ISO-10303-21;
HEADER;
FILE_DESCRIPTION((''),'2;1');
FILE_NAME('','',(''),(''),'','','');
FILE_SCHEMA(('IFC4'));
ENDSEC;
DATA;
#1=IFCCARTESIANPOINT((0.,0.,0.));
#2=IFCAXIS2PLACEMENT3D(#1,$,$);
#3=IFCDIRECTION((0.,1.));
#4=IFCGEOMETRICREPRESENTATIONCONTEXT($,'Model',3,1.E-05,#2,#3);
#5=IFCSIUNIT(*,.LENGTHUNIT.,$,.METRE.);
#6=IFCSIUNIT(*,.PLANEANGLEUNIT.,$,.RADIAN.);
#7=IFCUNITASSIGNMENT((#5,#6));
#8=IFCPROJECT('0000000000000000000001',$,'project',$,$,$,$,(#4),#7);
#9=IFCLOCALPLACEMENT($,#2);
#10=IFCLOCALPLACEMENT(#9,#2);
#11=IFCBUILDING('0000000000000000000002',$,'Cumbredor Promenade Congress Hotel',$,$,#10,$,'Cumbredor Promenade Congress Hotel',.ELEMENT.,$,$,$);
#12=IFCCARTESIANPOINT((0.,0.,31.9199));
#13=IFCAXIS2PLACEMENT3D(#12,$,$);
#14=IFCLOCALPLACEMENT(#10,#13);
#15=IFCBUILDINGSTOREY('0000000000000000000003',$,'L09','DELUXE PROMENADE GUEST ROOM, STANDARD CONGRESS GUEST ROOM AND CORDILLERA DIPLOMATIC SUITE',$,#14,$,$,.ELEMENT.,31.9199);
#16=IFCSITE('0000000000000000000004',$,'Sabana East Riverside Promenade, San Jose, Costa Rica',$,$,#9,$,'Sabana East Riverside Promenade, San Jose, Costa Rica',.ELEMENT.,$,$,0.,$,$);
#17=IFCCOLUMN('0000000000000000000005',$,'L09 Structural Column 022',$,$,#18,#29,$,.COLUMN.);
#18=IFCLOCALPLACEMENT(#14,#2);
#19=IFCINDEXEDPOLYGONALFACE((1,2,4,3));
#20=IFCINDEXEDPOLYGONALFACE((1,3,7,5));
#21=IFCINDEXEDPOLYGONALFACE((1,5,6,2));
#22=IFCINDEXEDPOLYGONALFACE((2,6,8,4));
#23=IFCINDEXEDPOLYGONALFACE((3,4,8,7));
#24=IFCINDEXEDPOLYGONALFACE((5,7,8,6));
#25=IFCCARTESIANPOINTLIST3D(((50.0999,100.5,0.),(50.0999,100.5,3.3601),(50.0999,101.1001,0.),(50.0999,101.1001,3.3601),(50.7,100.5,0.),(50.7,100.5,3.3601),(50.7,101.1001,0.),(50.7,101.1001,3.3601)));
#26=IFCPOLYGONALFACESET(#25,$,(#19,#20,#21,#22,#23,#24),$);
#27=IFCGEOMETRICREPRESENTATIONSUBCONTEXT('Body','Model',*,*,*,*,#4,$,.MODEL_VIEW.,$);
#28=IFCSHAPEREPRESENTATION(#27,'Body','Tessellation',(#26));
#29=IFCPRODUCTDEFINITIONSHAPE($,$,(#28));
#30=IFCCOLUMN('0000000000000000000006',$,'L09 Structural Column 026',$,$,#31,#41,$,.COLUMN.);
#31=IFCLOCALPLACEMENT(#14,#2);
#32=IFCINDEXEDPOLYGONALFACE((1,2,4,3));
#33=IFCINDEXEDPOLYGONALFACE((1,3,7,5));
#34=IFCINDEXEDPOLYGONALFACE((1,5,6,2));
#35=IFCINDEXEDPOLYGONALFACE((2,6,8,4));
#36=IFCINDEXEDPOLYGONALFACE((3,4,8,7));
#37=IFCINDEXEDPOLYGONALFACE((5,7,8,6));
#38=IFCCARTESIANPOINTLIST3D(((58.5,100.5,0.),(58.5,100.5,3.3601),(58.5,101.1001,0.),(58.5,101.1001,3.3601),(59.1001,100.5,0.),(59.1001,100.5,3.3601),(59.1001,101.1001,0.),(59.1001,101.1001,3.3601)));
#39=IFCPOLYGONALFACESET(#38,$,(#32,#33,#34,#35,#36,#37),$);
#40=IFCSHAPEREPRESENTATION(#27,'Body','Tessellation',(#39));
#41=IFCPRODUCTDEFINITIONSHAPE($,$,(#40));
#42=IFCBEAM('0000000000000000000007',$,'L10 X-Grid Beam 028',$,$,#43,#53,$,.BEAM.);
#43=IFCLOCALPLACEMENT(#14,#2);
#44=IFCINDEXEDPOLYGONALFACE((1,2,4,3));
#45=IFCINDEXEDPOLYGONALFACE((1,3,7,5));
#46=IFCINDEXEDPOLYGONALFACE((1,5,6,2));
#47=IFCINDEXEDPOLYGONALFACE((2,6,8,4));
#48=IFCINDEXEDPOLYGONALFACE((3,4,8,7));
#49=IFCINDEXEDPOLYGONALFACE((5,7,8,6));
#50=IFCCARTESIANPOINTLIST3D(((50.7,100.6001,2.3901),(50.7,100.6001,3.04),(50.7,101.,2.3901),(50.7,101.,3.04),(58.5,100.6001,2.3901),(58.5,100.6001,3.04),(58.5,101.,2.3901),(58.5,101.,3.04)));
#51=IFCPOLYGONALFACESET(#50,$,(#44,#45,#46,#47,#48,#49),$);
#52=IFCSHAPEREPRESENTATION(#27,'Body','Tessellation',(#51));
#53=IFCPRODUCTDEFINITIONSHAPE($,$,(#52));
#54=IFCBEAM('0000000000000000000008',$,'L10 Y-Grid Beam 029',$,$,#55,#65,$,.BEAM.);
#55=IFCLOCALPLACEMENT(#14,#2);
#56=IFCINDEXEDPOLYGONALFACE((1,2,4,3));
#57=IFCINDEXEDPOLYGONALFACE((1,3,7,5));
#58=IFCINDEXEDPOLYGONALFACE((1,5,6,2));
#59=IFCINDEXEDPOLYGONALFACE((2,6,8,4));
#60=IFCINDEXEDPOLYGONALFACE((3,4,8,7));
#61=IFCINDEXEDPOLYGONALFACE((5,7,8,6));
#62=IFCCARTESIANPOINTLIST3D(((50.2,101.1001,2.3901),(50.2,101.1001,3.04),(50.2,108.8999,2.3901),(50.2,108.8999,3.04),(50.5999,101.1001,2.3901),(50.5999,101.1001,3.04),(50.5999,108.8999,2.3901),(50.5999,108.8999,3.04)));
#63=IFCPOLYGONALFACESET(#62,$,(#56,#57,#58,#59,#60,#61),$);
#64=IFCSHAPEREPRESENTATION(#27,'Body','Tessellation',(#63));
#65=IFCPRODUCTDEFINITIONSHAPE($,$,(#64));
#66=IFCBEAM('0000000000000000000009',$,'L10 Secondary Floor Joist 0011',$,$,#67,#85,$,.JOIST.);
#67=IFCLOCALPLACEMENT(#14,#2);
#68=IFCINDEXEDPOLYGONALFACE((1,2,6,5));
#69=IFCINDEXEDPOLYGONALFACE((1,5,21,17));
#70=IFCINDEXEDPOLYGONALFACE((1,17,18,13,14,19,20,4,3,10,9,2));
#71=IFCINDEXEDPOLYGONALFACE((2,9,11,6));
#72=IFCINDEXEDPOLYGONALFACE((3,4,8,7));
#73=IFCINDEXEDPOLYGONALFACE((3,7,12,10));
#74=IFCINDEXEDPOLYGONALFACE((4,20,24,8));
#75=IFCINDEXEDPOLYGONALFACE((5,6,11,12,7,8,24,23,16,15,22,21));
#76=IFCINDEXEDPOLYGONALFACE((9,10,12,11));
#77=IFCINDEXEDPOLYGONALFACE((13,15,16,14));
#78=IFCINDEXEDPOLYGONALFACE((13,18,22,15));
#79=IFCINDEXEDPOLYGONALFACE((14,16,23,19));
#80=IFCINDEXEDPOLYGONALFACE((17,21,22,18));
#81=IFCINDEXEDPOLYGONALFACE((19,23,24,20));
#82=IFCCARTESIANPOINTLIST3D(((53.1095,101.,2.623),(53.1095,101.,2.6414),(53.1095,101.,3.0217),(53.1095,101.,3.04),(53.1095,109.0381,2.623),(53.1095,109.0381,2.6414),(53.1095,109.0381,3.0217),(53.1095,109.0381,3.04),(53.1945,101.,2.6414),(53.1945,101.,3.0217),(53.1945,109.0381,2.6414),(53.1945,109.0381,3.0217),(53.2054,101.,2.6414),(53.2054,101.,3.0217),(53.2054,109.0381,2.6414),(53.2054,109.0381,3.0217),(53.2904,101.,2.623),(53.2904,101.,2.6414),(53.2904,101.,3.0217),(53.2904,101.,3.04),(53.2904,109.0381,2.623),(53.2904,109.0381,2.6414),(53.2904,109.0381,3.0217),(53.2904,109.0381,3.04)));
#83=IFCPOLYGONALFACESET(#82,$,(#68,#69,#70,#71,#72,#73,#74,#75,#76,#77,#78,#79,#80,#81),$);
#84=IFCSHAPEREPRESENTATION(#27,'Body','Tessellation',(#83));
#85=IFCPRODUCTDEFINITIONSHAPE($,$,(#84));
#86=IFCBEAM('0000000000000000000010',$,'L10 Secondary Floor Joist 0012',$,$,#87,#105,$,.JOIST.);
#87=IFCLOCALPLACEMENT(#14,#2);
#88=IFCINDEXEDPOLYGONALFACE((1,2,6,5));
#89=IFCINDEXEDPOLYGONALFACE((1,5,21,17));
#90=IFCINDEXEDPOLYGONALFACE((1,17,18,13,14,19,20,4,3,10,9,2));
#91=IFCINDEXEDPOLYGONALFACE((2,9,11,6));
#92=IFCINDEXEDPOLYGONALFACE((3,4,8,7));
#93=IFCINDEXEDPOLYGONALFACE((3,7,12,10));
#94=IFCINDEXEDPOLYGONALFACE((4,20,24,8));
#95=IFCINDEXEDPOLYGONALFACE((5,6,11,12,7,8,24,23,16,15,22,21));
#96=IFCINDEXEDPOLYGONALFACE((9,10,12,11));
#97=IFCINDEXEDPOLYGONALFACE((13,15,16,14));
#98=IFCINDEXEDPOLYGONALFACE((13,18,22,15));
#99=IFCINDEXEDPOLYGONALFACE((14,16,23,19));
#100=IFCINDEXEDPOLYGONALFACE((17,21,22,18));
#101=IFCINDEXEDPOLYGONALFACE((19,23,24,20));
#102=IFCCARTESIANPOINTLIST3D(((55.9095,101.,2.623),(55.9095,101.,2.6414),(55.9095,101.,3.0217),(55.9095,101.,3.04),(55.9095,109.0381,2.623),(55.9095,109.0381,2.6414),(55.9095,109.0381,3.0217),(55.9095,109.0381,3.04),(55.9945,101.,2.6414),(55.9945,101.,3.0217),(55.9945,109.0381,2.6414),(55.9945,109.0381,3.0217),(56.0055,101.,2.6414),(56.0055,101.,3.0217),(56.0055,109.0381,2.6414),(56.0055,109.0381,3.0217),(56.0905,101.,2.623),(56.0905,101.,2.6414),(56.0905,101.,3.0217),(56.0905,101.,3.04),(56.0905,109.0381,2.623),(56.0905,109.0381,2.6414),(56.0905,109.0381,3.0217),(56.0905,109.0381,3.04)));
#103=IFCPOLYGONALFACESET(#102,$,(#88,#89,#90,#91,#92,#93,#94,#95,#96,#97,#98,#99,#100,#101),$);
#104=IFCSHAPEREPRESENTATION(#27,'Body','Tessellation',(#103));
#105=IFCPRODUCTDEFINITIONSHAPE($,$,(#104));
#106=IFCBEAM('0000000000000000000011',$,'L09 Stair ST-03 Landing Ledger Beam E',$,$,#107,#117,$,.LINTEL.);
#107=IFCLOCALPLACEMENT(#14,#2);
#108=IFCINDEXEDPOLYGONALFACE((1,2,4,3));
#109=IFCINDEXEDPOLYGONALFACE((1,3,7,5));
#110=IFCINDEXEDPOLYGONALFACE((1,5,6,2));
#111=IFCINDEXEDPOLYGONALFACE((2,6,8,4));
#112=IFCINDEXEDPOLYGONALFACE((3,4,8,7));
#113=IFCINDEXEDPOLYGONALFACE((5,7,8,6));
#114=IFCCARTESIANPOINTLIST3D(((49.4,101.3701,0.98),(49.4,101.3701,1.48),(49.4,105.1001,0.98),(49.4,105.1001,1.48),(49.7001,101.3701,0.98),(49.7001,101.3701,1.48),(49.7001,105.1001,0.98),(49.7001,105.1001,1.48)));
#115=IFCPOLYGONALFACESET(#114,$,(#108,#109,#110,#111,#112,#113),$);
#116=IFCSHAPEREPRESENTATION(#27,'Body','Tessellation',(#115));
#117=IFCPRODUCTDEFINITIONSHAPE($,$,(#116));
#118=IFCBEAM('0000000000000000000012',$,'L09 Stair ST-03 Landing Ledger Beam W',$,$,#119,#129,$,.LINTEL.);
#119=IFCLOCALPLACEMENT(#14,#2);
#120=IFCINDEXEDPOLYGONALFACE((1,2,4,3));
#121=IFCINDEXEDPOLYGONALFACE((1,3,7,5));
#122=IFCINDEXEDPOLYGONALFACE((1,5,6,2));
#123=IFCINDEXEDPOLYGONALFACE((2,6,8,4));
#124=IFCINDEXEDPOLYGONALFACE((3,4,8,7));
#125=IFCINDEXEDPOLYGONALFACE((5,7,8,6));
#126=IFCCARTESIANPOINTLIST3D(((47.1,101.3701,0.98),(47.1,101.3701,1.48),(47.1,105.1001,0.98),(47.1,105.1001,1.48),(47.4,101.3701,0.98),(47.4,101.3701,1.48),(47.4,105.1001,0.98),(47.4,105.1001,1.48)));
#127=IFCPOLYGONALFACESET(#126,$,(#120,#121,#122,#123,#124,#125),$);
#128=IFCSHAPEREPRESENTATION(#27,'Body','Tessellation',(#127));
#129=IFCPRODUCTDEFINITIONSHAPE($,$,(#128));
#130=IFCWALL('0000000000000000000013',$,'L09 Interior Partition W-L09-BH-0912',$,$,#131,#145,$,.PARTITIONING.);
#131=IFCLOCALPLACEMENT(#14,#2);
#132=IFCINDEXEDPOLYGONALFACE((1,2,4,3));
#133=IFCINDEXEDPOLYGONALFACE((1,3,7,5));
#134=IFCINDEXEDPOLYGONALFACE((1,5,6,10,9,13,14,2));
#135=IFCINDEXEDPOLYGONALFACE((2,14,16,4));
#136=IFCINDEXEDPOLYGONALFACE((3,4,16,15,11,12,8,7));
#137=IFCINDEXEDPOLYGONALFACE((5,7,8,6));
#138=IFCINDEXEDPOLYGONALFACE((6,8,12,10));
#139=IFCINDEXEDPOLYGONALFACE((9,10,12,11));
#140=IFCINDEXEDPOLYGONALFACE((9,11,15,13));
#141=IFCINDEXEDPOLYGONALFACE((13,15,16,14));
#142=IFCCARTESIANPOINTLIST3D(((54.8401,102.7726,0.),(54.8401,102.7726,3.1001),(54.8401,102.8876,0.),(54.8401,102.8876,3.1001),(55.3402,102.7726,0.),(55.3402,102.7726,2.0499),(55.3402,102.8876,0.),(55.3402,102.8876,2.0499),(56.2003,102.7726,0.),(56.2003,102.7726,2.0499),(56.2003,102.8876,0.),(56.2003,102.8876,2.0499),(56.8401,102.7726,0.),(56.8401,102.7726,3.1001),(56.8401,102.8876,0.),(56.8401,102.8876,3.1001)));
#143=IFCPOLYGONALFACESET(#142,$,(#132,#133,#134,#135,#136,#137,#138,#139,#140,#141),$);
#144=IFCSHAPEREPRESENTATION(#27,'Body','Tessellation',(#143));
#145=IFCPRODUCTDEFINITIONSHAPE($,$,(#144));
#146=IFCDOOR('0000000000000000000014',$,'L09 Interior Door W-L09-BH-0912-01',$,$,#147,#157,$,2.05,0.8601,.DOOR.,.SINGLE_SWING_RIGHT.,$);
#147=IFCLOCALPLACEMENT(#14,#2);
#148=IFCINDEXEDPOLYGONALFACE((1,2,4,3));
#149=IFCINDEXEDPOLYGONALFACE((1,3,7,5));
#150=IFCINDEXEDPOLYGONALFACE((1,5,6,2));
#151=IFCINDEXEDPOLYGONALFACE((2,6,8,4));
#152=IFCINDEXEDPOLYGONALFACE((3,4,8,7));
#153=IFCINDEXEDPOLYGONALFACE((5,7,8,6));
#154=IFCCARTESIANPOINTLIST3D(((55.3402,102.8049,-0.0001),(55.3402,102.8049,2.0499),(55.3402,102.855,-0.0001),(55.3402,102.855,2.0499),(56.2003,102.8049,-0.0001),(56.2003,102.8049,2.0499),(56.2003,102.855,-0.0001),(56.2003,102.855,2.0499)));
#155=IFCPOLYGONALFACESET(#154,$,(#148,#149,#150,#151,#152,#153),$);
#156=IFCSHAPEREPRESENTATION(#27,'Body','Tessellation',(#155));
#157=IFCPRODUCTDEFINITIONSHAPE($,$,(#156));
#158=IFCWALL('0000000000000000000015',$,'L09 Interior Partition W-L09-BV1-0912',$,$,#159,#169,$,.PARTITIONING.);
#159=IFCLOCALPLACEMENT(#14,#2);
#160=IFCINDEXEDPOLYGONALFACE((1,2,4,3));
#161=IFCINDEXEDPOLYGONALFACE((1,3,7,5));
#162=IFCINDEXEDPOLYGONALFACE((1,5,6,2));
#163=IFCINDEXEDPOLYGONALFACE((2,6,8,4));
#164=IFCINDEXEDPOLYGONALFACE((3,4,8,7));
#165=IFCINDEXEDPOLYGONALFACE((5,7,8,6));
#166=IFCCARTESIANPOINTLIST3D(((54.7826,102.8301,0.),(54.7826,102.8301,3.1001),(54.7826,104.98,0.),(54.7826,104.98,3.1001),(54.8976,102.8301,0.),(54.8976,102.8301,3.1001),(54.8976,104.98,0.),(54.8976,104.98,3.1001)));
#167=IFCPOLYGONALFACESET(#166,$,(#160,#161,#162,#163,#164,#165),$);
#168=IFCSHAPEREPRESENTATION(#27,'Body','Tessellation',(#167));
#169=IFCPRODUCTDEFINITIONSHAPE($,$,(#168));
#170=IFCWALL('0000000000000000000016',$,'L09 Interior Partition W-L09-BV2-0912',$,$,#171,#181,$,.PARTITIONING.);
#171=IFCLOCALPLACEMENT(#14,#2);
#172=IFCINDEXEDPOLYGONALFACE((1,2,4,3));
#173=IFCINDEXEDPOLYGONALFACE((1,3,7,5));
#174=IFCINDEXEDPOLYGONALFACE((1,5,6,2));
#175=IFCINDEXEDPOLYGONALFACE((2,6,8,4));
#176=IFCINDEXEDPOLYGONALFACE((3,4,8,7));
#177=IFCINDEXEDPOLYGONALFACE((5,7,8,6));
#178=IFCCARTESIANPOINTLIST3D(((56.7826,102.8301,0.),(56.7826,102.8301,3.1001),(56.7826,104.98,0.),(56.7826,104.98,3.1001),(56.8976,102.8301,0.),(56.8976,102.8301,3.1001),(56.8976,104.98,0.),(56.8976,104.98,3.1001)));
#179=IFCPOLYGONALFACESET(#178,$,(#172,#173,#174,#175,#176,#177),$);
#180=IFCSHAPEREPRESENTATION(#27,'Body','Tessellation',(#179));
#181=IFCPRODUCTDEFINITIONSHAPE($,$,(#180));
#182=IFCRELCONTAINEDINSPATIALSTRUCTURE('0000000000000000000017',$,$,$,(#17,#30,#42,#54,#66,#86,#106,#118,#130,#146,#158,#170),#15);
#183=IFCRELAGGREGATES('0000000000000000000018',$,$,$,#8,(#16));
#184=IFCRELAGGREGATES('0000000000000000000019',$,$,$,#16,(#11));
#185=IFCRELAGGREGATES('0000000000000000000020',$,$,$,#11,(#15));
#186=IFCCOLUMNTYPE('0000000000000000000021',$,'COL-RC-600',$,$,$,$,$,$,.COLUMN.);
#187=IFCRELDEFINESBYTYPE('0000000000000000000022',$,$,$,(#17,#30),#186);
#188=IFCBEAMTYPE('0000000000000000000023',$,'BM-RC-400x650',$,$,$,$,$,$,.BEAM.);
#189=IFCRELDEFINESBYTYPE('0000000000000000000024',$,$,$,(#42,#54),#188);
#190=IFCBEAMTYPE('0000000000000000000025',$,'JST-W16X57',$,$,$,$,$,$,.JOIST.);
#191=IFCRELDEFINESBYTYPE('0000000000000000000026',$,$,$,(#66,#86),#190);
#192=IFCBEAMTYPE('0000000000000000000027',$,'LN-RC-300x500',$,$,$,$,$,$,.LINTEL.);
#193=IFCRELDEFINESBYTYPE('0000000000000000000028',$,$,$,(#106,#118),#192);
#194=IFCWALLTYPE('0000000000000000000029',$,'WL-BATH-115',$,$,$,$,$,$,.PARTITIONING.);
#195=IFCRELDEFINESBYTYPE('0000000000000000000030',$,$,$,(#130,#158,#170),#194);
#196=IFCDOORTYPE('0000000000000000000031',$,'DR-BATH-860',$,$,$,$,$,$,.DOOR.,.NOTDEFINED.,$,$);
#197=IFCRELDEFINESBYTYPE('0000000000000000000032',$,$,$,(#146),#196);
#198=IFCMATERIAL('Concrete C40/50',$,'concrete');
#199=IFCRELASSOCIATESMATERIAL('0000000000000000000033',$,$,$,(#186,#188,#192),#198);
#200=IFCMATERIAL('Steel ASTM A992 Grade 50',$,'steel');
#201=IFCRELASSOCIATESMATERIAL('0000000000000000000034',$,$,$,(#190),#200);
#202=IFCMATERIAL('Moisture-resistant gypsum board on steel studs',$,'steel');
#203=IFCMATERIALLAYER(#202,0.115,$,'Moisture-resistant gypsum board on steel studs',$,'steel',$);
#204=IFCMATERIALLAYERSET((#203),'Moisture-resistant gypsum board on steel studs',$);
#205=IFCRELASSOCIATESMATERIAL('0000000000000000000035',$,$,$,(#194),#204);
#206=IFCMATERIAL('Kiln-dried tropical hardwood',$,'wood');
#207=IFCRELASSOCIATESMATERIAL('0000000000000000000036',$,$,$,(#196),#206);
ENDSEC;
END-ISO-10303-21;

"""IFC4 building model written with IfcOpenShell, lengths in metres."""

from ifc_helpers import new_model, si_unit, direction, frame, frame_2d, origin, origin_2d, place, context, subcontext, project, spatial, rectangle, i_section, extrude, material, layer, layer_set, material_profile, profile_set, type_object, element, fill, save


model = new_model("IFC4")

# Units and contexts
model_context = context("Model", 3, precision=1e-05, world=origin(), true_north=direction((0.0, 1.0)))
body_context = subcontext(model_context, "Body", "Model", "MODEL_VIEW")
ifc_project = project(units=[si_unit("LENGTHUNIT", "METRE"), si_unit("PLANEANGLEUNIT", "RADIAN")], contexts=[model_context])

# Site, building, storey
site_placement = place(None, origin())
site = spatial("IfcSite", under=ifc_project, at=site_placement, Name="Sabana East Riverside Promenade, San Jose, Costa Rica", LongName="Sabana East Riverside Promenade, San Jose, Costa Rica", CompositionType="ELEMENT", RefElevation=0.0)
building_placement = place(site_placement, origin())
building = spatial("IfcBuilding", under=site, at=building_placement, Name="Cumbredor Promenade Congress Hotel", LongName="Cumbredor Promenade Congress Hotel", CompositionType="ELEMENT")
storey_placement = place(building_placement, frame((0.0, 0.0, 31.9199)))
storey = spatial("IfcBuildingStorey", under=building, at=storey_placement, Name="L09", Description="DELUXE PROMENADE GUEST ROOM, STANDARD CONGRESS GUEST ROOM AND CORDILLERA DIPLOMATIC SUITE", CompositionType="ELEMENT", Elevation=31.9199)

# Columns
ifc_material_1 = material(Name="Concrete C40/50", Category="concrete")
ifc_material_profile_1 = material_profile(ifc_material_1, rectangle(XDim=0.6001, YDim=0.6001, at=origin_2d()), Name="RC 600x600")
ifc_profile_set_1 = profile_set([ifc_material_profile_1], Name="Concrete C40/50")
column_type = type_object("IfcColumnType", Name="COL-RC-600", PredefinedType="COLUMN", material=ifc_profile_set_1)
for number, where, z_axis, x_axis, name in (
    (1, (50.3999, 100.8, 0.0), (0.0, 0.0, 1.0), (1.0, 0.0, 0.0), "L09 Structural Column 022"),
    (2, (58.8, 100.8, 0.0), (0.0, 0.0, 1.0), (1.0, 0.0, 0.0), "L09 Structural Column 026"),
):
    element("IfcColumn", number, at=place(storey_placement, frame(where, z_axis=z_axis, x_axis=x_axis)), inside=storey, type_object=column_type, Name=name, PredefinedType="COLUMN", context=body_context, shape_type="SweptSolid", body=[
        extrude(rectangle(XDim=0.6001, YDim=0.6001, at=origin_2d()), origin(), (0.0, 0.0, 1.0), 3.3601),
    ])

# Beams
ifc_material_profile_2 = material_profile(ifc_material_1, rectangle(XDim=0.3999, YDim=0.6499, at=origin_2d()), Name="RC BEAM 400x650")
ifc_profile_set_2 = profile_set([ifc_material_profile_2], Name="Concrete C40/50")
beam_type_1 = type_object("IfcBeamType", Name="BM-RC-400x650", PredefinedType="BEAM", material=ifc_profile_set_2)
beam_1_placement = place(storey_placement, frame((50.7, 100.8, 2.7151), z_axis=(1.0, 0.0, 0.0), x_axis=(0.0, 1.0, 0.0)))
element("IfcBeam", 3, at=beam_1_placement, inside=storey, type_object=beam_type_1, Name="L10 X-Grid Beam 028", PredefinedType="BEAM", context=body_context, shape_type="SweptSolid", body=[
    extrude(rectangle(XDim=0.3999, YDim=0.6499, at=origin_2d()), origin(), (0.0, 0.0, 1.0), 7.8),
])
beam_2_placement = place(storey_placement, frame((50.3999, 101.1001, 2.7151), z_axis=(0.0, 1.0, 0.0), x_axis=(-1.0, 0.0, 0.0)))
element("IfcBeam", 4, at=beam_2_placement, inside=storey, type_object=beam_type_1, Name="L10 Y-Grid Beam 029", PredefinedType="BEAM", context=body_context, shape_type="SweptSolid", body=[
    extrude(rectangle(XDim=0.3999, YDim=0.6499, at=origin_2d()), origin(), (0.0, 0.0, 1.0), 7.7998),
])
ifc_material_2 = material(Name="Steel ASTM A992 Grade 50", Category="steel")
ifc_material_profile_3 = material_profile(ifc_material_2, i_section(OverallWidth=0.1809, OverallDepth=0.417, WebThickness=0.011, FlangeThickness=0.0183, at=origin_2d()), Name="W16X57")
ifc_profile_set_3 = profile_set([ifc_material_profile_3], Name="Steel ASTM A992 Grade 50")
beam_type_2 = type_object("IfcBeamType", Name="JST-W16X57", PredefinedType="JOIST", material=ifc_profile_set_3)
for number, where, z_axis, x_axis, name in (
    (5, (53.2, 101.0, 2.8315), (0.0, 1.0, 0.0), (-1.0, 0.0, 0.0), "L10 Secondary Floor Joist 0011"),
    (6, (56.0, 101.0, 2.8315), (0.0, 1.0, 0.0), (-1.0, 0.0, 0.0), "L10 Secondary Floor Joist 0012"),
):
    element("IfcBeam", number, at=place(storey_placement, frame(where, z_axis=z_axis, x_axis=x_axis)), inside=storey, type_object=beam_type_2, Name=name, PredefinedType="JOIST", context=body_context, shape_type="SweptSolid", body=[
        extrude(i_section(OverallWidth=0.1809, OverallDepth=0.417, WebThickness=0.011, FlangeThickness=0.0183, at=origin_2d()), origin(), (0.0, 0.0, 1.0), 8.0381),
    ])
ifc_material_profile_4 = material_profile(ifc_material_1, rectangle(XDim=0.3, YDim=0.5, at=origin_2d()), Name="RC LINTEL 300x500")
ifc_profile_set_4 = profile_set([ifc_material_profile_4], Name="Concrete C40/50")
beam_type_3 = type_object("IfcBeamType", Name="LN-RC-300x500", PredefinedType="LINTEL", material=ifc_profile_set_4)
for number, where, z_axis, x_axis, name in (
    (7, (49.55, 101.3701, 1.23), (0.0, 1.0, 0.0), (-1.0, 0.0, 0.0), "L09 Stair ST-03 Landing Ledger Beam E"),
    (8, (47.25, 101.3701, 1.23), (0.0, 1.0, 0.0), (-1.0, 0.0, 0.0), "L09 Stair ST-03 Landing Ledger Beam W"),
):
    element("IfcBeam", number, at=place(storey_placement, frame(where, z_axis=z_axis, x_axis=x_axis)), inside=storey, type_object=beam_type_3, Name=name, PredefinedType="LINTEL", context=body_context, shape_type="SweptSolid", body=[
        extrude(rectangle(XDim=0.3, YDim=0.5, at=origin_2d()), origin(), (0.0, 0.0, 1.0), 3.73),
    ])

# Wall, opening, door
ifc_material_3 = material(Name="Moisture-resistant gypsum board on steel studs", Category="steel")
ifc_layer_1 = layer(ifc_material_3, 0.115, Name="Moisture-resistant gypsum board on steel studs", Category="steel")
ifc_layer_set_1 = layer_set([ifc_layer_1], Name="Moisture-resistant gypsum board on steel studs")
wall_type_1 = type_object("IfcWallType", Name="WL-BATH-115", PredefinedType="PARTITIONING", material=ifc_layer_set_1)
wall_1_placement = place(storey_placement, frame((54.8401, 102.8301, 0.0), z_axis=(0.0, 0.0, 1.0), x_axis=(1.0, 0.0, 0.0)))
wall_1 = element("IfcWall", 9, at=wall_1_placement, inside=storey, type_object=wall_type_1, Name="L09 Interior Partition W-L09-BH-0912", PredefinedType="PARTITIONING", context=body_context, shape_type="SweptSolid", body=[
    extrude(rectangle(XDim=2.0, YDim=0.115, at=frame_2d((1.0, 0.0))), origin(), (0.0, 0.0, 1.0), 3.1001),
])
opening_1_placement = place(wall_1_placement, frame((0.5, 0.0, 0.0)))
opening_1 = element("IfcOpeningElement", 10, at=opening_1_placement, cuts=wall_1, PredefinedType="OPENING", context=body_context, shape_type="SweptSolid", body=[
    extrude(rectangle(XDim=0.8601, YDim=2.05, at=frame_2d((0.4302, 1.0249))), frame((0.0, 0.0674, 0.0), z_axis=(0.0, -1.0, 0.0), x_axis=(1.0, 0.0, 0.0)), (0.0, 0.0, 1.0), 0.135),
])
ifc_material_4 = material(Name="Kiln-dried tropical hardwood", Category="wood")
door_type_1 = type_object("IfcDoorType", Name="DR-BATH-860", OperationType="NOTDEFINED", PredefinedType="DOOR", material=ifc_material_4)
door_1_placement = place(opening_1_placement, origin())
door_1 = element("IfcDoor", 11, at=door_1_placement, inside=storey, type_object=door_type_1, Name="L09 Interior Door W-L09-BH-0912-01", OperationType="SINGLE_SWING_RIGHT", OverallHeight=2.05, OverallWidth=0.8601, PredefinedType="DOOR", context=body_context, shape_type="SweptSolid", body=[
    extrude(rectangle(XDim=0.8601, YDim=2.05, at=frame_2d((0.4302, 1.0249))), frame((0.0, 0.0249, 0.0), z_axis=(0.0, -1.0, 0.0), x_axis=(1.0, 0.0, 0.0)), (0.0, 0.0, 1.0), 0.05),
])
fill(opening_1, door_1)

# Walls
for number, where, z_axis, x_axis, name in (
    (12, (54.8401, 102.8301, 0.0), (0.0, 0.0, 1.0), (0.0, 1.0, 0.0), "L09 Interior Partition W-L09-BV1-0912"),
    (13, (56.8401, 102.8301, 0.0), (0.0, 0.0, 1.0), (0.0, 1.0, 0.0), "L09 Interior Partition W-L09-BV2-0912"),
):
    element("IfcWall", number, at=place(storey_placement, frame(where, z_axis=z_axis, x_axis=x_axis)), inside=storey, type_object=wall_type_1, Name=name, PredefinedType="PARTITIONING", context=body_context, shape_type="SweptSolid", body=[
        extrude(rectangle(XDim=2.1499, YDim=0.115, at=frame_2d((1.075, 0.0))), origin(), (0.0, 0.0, 1.0), 3.1001),
    ])

save(model, "model.ifc")
